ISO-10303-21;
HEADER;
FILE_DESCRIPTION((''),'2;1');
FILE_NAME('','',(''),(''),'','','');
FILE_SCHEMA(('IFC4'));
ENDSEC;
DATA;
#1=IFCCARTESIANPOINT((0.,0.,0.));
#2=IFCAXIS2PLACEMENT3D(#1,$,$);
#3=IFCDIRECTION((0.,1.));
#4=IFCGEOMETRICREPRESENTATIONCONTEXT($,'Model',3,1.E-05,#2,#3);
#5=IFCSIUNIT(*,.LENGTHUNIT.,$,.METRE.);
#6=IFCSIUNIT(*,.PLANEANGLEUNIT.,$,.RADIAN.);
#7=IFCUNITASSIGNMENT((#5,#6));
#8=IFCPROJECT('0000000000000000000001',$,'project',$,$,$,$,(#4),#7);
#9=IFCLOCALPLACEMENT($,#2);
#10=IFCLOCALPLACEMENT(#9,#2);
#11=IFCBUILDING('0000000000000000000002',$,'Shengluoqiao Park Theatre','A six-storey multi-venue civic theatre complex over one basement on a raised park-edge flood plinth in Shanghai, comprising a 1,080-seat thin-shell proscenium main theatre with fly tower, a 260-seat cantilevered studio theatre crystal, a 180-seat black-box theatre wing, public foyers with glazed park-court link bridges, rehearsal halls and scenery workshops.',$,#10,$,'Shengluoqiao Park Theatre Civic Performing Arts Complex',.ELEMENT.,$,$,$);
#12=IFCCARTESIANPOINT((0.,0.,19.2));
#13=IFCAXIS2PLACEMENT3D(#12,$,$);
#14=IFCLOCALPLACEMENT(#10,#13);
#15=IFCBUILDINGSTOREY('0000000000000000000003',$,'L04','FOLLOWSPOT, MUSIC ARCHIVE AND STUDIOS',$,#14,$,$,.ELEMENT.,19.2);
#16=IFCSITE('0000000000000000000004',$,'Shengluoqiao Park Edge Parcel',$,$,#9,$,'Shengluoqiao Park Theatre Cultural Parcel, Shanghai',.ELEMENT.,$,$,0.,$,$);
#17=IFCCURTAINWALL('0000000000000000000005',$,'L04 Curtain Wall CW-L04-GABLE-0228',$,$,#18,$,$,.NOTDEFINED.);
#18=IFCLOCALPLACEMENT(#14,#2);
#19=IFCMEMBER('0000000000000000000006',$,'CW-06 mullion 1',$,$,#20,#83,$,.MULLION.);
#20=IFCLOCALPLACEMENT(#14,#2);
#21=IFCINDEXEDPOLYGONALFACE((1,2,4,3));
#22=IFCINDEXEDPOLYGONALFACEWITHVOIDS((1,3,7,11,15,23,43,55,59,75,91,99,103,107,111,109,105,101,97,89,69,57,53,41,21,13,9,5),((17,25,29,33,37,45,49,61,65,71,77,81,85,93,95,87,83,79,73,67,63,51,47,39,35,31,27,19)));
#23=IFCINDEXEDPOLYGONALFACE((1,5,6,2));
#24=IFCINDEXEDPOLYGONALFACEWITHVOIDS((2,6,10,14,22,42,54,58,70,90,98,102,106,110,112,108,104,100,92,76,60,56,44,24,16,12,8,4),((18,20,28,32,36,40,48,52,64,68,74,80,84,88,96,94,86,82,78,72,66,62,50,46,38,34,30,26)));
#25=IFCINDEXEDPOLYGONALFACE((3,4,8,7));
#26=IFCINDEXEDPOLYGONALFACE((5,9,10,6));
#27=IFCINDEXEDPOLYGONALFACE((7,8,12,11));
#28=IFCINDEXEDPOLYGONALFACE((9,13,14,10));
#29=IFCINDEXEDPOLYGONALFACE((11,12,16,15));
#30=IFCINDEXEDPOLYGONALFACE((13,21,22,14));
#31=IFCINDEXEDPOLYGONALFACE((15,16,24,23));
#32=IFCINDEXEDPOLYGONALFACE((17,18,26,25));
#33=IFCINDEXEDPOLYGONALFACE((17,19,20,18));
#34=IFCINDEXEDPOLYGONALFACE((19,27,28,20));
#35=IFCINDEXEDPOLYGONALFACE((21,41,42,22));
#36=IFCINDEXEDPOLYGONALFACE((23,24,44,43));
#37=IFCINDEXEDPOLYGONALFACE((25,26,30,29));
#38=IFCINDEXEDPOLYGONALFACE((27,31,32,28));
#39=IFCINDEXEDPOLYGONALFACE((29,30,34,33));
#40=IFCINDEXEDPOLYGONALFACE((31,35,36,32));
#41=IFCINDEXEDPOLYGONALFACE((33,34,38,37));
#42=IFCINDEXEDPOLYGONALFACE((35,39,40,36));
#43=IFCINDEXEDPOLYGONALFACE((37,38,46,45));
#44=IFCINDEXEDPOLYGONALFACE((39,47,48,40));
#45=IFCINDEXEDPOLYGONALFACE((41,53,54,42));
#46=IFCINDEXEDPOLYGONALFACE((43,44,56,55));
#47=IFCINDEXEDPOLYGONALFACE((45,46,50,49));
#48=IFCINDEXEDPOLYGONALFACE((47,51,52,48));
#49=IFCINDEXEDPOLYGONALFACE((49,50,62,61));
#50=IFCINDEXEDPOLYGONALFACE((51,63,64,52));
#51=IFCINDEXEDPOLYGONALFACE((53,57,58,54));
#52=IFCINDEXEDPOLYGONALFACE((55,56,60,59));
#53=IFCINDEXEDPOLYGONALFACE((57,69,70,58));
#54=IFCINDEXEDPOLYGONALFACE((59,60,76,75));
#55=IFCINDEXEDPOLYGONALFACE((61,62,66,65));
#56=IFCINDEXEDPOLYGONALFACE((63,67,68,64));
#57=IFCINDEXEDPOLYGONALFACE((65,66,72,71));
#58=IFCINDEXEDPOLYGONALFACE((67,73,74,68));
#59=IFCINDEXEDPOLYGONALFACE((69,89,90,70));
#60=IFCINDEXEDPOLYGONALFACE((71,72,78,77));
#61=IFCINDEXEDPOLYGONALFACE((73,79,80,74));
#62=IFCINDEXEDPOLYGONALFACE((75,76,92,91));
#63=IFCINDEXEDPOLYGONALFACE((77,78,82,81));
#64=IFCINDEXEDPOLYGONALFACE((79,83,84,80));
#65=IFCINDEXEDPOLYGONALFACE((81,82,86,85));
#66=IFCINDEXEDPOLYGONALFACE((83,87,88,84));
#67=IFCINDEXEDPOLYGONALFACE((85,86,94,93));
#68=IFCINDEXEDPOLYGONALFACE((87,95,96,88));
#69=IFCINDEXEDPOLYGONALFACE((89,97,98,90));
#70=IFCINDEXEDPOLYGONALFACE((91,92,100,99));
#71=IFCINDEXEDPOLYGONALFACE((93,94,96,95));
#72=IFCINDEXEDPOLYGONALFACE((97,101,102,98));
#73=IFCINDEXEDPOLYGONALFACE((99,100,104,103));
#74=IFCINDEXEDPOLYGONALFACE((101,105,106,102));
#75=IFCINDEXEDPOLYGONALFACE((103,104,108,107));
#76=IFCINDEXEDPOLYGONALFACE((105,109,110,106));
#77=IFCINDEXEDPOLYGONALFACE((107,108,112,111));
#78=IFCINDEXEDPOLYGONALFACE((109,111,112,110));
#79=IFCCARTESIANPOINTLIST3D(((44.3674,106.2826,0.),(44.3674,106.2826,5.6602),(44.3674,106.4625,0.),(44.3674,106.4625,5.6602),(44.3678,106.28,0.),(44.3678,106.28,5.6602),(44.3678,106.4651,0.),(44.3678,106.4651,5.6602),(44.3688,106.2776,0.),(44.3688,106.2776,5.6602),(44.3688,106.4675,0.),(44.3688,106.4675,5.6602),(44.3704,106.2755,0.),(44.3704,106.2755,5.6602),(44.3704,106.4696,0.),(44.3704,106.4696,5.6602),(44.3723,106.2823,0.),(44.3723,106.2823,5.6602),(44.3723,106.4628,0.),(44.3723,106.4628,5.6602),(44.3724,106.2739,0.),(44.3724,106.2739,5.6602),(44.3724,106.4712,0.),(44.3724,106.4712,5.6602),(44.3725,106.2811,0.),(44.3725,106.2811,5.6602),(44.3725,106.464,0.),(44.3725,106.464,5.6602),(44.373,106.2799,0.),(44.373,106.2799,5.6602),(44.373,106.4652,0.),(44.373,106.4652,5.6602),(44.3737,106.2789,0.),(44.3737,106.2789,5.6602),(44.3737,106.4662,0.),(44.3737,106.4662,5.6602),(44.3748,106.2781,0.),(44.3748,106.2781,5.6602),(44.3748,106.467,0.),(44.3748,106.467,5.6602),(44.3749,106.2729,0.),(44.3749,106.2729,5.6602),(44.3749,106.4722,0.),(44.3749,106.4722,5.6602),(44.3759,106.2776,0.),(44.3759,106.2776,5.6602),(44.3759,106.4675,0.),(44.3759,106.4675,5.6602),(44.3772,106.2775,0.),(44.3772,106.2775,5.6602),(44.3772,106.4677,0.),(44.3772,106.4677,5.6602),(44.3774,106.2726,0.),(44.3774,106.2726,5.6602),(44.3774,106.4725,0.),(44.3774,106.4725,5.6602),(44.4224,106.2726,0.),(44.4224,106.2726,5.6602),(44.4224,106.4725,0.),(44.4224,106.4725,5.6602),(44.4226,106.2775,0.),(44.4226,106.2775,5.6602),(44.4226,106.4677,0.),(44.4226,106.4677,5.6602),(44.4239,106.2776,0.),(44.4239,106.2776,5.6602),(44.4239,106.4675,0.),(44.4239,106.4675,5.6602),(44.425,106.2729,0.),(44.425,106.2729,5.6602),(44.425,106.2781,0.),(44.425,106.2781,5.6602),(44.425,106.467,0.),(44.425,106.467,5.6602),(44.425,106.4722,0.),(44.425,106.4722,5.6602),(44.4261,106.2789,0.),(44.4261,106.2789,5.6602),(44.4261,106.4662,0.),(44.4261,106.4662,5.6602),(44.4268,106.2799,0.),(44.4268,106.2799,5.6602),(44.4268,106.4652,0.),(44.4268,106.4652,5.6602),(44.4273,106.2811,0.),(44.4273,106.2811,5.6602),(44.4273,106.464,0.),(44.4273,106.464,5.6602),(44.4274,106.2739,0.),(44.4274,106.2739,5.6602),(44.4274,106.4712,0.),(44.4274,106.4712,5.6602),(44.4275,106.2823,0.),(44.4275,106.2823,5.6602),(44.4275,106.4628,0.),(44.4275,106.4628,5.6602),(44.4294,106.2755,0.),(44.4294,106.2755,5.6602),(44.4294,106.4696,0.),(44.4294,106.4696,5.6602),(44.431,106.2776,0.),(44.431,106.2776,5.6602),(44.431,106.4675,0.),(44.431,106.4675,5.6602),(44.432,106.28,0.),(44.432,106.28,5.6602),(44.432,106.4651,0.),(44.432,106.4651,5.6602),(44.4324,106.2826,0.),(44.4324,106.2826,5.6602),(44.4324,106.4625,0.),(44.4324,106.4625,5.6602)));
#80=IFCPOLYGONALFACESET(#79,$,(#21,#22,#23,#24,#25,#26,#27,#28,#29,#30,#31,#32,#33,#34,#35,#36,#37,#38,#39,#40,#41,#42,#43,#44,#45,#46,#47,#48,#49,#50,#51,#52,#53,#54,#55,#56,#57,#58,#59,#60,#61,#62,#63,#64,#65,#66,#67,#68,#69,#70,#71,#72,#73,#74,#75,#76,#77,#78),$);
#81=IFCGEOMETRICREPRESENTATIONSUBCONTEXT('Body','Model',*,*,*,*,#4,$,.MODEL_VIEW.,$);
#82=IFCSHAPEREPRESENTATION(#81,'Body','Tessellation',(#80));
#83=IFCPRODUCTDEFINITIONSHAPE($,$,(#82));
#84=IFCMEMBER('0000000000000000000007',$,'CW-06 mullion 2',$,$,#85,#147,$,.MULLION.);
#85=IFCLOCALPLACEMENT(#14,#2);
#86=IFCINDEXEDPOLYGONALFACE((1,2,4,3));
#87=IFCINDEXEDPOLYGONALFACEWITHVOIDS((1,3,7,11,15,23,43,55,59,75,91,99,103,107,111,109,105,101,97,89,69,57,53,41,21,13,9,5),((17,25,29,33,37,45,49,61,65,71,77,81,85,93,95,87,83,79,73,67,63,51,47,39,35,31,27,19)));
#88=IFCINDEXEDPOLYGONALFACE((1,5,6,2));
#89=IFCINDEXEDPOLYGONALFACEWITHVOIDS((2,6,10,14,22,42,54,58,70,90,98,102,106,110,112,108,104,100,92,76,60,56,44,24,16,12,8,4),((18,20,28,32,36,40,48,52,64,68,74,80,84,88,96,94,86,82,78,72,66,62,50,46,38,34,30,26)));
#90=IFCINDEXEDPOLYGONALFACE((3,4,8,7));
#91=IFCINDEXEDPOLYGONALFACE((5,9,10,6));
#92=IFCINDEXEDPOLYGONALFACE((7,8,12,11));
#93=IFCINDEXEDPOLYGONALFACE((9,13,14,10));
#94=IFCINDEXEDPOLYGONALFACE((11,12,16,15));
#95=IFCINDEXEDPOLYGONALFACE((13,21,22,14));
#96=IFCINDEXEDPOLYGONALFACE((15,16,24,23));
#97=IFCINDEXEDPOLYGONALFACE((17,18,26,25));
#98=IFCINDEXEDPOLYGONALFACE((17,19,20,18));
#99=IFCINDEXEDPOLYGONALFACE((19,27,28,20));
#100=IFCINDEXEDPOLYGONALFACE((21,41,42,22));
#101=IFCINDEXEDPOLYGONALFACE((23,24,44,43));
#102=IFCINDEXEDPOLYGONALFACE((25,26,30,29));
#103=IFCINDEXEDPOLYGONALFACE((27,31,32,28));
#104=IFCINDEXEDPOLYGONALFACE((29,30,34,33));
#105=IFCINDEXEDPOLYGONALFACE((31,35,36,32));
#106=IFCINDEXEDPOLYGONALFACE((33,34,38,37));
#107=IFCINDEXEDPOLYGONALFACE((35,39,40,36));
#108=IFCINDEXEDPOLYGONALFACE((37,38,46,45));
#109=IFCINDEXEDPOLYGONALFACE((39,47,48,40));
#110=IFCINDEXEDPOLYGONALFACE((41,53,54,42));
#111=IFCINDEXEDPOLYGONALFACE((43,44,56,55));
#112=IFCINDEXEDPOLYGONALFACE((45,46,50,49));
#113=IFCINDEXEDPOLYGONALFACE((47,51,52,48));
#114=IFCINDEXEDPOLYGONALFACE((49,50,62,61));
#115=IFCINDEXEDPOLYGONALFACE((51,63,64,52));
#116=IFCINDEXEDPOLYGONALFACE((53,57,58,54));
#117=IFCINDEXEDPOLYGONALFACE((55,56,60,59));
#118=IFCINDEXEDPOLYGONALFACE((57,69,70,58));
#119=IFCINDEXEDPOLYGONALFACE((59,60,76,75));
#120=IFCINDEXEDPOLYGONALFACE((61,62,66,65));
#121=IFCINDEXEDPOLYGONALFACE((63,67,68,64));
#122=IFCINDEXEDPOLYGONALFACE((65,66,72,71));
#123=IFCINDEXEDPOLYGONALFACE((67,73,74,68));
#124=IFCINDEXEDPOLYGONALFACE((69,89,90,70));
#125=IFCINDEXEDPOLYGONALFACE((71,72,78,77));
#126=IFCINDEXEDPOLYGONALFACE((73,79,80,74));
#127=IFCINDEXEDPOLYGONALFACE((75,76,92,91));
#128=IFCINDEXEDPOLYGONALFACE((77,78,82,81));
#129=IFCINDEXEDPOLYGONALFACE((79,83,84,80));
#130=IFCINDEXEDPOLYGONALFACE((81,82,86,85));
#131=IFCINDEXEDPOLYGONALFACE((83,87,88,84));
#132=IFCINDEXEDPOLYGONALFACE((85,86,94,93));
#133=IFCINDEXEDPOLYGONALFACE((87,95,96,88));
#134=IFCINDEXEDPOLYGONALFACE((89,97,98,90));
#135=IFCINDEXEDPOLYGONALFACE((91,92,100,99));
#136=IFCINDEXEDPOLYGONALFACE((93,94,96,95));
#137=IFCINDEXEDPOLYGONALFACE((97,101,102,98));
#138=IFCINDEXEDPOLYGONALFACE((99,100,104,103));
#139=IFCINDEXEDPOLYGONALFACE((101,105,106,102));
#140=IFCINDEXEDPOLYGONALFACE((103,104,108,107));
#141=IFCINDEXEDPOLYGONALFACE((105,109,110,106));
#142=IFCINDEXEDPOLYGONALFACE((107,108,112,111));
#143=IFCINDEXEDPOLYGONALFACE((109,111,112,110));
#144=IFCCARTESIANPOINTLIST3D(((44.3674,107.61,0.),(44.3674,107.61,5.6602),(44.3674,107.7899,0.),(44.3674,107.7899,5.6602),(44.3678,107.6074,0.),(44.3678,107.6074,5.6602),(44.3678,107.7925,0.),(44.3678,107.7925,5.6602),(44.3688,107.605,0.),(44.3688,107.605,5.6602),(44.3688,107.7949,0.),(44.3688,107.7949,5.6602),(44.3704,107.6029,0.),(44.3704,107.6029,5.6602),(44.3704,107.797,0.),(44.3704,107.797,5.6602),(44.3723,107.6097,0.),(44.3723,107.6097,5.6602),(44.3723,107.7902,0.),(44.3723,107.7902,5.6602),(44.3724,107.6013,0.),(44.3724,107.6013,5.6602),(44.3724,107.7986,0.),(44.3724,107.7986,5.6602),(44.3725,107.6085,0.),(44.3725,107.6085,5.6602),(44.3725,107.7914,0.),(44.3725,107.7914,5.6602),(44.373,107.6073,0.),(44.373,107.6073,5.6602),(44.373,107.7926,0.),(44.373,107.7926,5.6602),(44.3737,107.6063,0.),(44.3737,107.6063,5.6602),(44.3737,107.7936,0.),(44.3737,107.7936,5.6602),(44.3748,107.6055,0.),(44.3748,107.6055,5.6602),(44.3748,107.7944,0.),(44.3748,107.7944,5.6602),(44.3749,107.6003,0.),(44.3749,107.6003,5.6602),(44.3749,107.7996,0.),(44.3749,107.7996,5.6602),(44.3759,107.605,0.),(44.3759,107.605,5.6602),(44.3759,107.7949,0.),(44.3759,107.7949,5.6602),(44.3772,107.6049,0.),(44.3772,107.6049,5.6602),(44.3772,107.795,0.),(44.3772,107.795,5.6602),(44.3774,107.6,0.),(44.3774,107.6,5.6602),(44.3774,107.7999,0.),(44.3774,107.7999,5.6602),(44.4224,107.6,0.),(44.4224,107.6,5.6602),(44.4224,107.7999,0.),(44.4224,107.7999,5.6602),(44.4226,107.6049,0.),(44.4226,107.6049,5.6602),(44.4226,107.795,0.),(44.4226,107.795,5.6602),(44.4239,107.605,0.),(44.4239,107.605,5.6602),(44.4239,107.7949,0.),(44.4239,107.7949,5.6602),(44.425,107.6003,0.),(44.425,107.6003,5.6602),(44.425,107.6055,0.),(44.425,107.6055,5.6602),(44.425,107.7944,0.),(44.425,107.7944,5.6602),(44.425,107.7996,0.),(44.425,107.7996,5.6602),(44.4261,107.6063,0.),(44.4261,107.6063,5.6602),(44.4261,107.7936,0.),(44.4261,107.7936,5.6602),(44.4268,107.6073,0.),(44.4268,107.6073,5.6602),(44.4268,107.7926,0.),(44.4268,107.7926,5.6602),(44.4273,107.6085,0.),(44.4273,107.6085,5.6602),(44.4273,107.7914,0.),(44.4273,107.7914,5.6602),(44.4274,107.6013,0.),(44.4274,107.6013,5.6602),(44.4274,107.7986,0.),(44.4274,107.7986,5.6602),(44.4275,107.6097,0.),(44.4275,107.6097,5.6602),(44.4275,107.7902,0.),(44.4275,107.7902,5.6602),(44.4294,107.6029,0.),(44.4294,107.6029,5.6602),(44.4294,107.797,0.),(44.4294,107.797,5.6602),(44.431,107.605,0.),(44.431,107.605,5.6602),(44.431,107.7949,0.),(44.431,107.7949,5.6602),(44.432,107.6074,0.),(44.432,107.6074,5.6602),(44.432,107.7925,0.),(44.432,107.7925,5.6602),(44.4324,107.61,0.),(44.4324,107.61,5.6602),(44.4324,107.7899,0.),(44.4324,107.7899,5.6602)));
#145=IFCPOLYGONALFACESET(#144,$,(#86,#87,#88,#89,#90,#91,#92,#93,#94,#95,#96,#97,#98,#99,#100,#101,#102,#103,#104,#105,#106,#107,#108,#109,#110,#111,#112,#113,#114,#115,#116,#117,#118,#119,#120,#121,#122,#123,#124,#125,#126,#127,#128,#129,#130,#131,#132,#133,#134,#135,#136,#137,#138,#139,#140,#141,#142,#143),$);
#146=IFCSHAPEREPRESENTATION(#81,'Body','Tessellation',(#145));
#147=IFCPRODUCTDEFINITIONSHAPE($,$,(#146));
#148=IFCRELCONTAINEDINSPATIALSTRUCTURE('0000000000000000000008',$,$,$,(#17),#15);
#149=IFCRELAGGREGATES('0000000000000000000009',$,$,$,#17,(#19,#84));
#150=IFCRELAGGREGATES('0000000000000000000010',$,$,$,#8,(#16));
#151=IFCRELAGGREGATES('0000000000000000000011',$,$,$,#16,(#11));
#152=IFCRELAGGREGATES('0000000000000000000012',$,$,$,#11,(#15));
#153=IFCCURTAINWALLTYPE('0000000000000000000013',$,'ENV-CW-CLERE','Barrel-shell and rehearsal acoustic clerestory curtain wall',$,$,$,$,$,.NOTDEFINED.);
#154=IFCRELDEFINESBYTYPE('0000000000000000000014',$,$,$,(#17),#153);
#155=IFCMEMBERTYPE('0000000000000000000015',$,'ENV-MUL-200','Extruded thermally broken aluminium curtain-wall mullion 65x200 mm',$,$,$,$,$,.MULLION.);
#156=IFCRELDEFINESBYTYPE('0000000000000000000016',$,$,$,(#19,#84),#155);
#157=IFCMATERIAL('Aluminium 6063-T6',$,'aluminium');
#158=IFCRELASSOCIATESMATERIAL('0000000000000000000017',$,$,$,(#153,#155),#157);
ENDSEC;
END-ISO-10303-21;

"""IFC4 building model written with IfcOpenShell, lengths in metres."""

from ifc_helpers import new_model, si_unit, direction, frame, origin, origin_2d, place, context, subcontext, project, spatial, hollow_rectangle, extrude, material, material_profile, profile_set, type_object, element, aggregate, save


model = new_model("IFC4")

# Units and contexts
model_context = context("Model", 3, precision=1e-05, world=origin(), true_north=direction((0.0, 1.0)))
body_context = subcontext(model_context, "Body", "Model", "MODEL_VIEW")
ifc_project = project(units=[si_unit("LENGTHUNIT", "METRE"), si_unit("PLANEANGLEUNIT", "RADIAN")], contexts=[model_context])

# Site, building, storey
site_placement = place(None, origin())
site = spatial("IfcSite", under=ifc_project, at=site_placement, Name="Shengluoqiao Park Edge Parcel", LongName="Shengluoqiao Park Theatre Cultural Parcel, Shanghai", CompositionType="ELEMENT", RefElevation=0.0)
building_placement = place(site_placement, origin())
building = spatial("IfcBuilding", under=site, at=building_placement, Name="Shengluoqiao Park Theatre", Description="A six-storey multi-venue civic theatre complex over one basement on a raised park-edge flood plinth in Shanghai, comprising a 1,080-seat thin-shell proscenium main theatre with fly tower, a 260-seat cantilevered studio theatre crystal, a 180-seat black-box theatre wing, public foyers with glazed park-court link bridges, rehearsal halls and scenery workshops.", LongName="Shengluoqiao Park Theatre Civic Performing Arts Complex", CompositionType="ELEMENT")
storey_placement = place(building_placement, frame((0.0, 0.0, 19.2)))
storey = spatial("IfcBuildingStorey", under=building, at=storey_placement, Name="L04", Description="FOLLOWSPOT, MUSIC ARCHIVE AND STUDIOS", CompositionType="ELEMENT", Elevation=19.2)

# Curtain wall, members
ifc_material_1 = material(Name="Aluminium 6063-T6", Category="aluminium")
curtain_wall_type = type_object("IfcCurtainWallType", Name="ENV-CW-CLERE", Description="Barrel-shell and rehearsal acoustic clerestory curtain wall", PredefinedType="NOTDEFINED", material=ifc_material_1)
ifc_material_profile_1 = material_profile(ifc_material_1, hollow_rectangle(XDim=0.0649, YDim=0.2, WallThickness=0.0049, InnerFilletRadius=0.0049, OuterFilletRadius=0.01, at=origin_2d()), Name="ALU MULLION 200x65x5")
ifc_profile_set_1 = profile_set([ifc_material_profile_1], Name="Aluminium 6063-T6")
member_type_1 = type_object("IfcMemberType", Name="ENV-MUL-200", Description="Extruded thermally broken aluminium curtain-wall mullion 65x200 mm", PredefinedType="MULLION", material=ifc_profile_set_1)
curtain_wall_1_placement = place(storey_placement, origin())
curtain_wall_1 = element("IfcCurtainWall", 1, at=curtain_wall_1_placement, inside=storey, type_object=curtain_wall_type, Name="L04 Curtain Wall CW-L04-GABLE-0228", PredefinedType="NOTDEFINED")
member_1_placement = place(storey_placement, frame((44.3999, 106.3726, 0.0), z_axis=(0.0, 0.0, 1.0), x_axis=(-1.0, 0.0, 0.0)))
member_1 = element("IfcMember", 2, at=member_1_placement, type_object=member_type_1, Name="CW-06 mullion 1", PredefinedType="MULLION", context=body_context, shape_type="SweptSolid", body=[
    extrude(hollow_rectangle(XDim=0.0649, YDim=0.2, WallThickness=0.0049, InnerFilletRadius=0.0049, OuterFilletRadius=0.01, at=origin_2d()), origin(), (0.0, 0.0, 1.0), 5.6602),
])
member_2_placement = place(storey_placement, frame((44.3999, 107.7, 0.0), z_axis=(0.0, 0.0, 1.0), x_axis=(-1.0, 0.0, 0.0)))
member_2 = element("IfcMember", 3, at=member_2_placement, type_object=member_type_1, Name="CW-06 mullion 2", PredefinedType="MULLION", context=body_context, shape_type="SweptSolid", body=[
    extrude(hollow_rectangle(XDim=0.0649, YDim=0.2, WallThickness=0.0049, InnerFilletRadius=0.0049, OuterFilletRadius=0.01, at=origin_2d()), origin(), (0.0, 0.0, 1.0), 5.6602),
])

aggregate(curtain_wall_1, [member_1, member_2])

save(model, "model.ifc")
